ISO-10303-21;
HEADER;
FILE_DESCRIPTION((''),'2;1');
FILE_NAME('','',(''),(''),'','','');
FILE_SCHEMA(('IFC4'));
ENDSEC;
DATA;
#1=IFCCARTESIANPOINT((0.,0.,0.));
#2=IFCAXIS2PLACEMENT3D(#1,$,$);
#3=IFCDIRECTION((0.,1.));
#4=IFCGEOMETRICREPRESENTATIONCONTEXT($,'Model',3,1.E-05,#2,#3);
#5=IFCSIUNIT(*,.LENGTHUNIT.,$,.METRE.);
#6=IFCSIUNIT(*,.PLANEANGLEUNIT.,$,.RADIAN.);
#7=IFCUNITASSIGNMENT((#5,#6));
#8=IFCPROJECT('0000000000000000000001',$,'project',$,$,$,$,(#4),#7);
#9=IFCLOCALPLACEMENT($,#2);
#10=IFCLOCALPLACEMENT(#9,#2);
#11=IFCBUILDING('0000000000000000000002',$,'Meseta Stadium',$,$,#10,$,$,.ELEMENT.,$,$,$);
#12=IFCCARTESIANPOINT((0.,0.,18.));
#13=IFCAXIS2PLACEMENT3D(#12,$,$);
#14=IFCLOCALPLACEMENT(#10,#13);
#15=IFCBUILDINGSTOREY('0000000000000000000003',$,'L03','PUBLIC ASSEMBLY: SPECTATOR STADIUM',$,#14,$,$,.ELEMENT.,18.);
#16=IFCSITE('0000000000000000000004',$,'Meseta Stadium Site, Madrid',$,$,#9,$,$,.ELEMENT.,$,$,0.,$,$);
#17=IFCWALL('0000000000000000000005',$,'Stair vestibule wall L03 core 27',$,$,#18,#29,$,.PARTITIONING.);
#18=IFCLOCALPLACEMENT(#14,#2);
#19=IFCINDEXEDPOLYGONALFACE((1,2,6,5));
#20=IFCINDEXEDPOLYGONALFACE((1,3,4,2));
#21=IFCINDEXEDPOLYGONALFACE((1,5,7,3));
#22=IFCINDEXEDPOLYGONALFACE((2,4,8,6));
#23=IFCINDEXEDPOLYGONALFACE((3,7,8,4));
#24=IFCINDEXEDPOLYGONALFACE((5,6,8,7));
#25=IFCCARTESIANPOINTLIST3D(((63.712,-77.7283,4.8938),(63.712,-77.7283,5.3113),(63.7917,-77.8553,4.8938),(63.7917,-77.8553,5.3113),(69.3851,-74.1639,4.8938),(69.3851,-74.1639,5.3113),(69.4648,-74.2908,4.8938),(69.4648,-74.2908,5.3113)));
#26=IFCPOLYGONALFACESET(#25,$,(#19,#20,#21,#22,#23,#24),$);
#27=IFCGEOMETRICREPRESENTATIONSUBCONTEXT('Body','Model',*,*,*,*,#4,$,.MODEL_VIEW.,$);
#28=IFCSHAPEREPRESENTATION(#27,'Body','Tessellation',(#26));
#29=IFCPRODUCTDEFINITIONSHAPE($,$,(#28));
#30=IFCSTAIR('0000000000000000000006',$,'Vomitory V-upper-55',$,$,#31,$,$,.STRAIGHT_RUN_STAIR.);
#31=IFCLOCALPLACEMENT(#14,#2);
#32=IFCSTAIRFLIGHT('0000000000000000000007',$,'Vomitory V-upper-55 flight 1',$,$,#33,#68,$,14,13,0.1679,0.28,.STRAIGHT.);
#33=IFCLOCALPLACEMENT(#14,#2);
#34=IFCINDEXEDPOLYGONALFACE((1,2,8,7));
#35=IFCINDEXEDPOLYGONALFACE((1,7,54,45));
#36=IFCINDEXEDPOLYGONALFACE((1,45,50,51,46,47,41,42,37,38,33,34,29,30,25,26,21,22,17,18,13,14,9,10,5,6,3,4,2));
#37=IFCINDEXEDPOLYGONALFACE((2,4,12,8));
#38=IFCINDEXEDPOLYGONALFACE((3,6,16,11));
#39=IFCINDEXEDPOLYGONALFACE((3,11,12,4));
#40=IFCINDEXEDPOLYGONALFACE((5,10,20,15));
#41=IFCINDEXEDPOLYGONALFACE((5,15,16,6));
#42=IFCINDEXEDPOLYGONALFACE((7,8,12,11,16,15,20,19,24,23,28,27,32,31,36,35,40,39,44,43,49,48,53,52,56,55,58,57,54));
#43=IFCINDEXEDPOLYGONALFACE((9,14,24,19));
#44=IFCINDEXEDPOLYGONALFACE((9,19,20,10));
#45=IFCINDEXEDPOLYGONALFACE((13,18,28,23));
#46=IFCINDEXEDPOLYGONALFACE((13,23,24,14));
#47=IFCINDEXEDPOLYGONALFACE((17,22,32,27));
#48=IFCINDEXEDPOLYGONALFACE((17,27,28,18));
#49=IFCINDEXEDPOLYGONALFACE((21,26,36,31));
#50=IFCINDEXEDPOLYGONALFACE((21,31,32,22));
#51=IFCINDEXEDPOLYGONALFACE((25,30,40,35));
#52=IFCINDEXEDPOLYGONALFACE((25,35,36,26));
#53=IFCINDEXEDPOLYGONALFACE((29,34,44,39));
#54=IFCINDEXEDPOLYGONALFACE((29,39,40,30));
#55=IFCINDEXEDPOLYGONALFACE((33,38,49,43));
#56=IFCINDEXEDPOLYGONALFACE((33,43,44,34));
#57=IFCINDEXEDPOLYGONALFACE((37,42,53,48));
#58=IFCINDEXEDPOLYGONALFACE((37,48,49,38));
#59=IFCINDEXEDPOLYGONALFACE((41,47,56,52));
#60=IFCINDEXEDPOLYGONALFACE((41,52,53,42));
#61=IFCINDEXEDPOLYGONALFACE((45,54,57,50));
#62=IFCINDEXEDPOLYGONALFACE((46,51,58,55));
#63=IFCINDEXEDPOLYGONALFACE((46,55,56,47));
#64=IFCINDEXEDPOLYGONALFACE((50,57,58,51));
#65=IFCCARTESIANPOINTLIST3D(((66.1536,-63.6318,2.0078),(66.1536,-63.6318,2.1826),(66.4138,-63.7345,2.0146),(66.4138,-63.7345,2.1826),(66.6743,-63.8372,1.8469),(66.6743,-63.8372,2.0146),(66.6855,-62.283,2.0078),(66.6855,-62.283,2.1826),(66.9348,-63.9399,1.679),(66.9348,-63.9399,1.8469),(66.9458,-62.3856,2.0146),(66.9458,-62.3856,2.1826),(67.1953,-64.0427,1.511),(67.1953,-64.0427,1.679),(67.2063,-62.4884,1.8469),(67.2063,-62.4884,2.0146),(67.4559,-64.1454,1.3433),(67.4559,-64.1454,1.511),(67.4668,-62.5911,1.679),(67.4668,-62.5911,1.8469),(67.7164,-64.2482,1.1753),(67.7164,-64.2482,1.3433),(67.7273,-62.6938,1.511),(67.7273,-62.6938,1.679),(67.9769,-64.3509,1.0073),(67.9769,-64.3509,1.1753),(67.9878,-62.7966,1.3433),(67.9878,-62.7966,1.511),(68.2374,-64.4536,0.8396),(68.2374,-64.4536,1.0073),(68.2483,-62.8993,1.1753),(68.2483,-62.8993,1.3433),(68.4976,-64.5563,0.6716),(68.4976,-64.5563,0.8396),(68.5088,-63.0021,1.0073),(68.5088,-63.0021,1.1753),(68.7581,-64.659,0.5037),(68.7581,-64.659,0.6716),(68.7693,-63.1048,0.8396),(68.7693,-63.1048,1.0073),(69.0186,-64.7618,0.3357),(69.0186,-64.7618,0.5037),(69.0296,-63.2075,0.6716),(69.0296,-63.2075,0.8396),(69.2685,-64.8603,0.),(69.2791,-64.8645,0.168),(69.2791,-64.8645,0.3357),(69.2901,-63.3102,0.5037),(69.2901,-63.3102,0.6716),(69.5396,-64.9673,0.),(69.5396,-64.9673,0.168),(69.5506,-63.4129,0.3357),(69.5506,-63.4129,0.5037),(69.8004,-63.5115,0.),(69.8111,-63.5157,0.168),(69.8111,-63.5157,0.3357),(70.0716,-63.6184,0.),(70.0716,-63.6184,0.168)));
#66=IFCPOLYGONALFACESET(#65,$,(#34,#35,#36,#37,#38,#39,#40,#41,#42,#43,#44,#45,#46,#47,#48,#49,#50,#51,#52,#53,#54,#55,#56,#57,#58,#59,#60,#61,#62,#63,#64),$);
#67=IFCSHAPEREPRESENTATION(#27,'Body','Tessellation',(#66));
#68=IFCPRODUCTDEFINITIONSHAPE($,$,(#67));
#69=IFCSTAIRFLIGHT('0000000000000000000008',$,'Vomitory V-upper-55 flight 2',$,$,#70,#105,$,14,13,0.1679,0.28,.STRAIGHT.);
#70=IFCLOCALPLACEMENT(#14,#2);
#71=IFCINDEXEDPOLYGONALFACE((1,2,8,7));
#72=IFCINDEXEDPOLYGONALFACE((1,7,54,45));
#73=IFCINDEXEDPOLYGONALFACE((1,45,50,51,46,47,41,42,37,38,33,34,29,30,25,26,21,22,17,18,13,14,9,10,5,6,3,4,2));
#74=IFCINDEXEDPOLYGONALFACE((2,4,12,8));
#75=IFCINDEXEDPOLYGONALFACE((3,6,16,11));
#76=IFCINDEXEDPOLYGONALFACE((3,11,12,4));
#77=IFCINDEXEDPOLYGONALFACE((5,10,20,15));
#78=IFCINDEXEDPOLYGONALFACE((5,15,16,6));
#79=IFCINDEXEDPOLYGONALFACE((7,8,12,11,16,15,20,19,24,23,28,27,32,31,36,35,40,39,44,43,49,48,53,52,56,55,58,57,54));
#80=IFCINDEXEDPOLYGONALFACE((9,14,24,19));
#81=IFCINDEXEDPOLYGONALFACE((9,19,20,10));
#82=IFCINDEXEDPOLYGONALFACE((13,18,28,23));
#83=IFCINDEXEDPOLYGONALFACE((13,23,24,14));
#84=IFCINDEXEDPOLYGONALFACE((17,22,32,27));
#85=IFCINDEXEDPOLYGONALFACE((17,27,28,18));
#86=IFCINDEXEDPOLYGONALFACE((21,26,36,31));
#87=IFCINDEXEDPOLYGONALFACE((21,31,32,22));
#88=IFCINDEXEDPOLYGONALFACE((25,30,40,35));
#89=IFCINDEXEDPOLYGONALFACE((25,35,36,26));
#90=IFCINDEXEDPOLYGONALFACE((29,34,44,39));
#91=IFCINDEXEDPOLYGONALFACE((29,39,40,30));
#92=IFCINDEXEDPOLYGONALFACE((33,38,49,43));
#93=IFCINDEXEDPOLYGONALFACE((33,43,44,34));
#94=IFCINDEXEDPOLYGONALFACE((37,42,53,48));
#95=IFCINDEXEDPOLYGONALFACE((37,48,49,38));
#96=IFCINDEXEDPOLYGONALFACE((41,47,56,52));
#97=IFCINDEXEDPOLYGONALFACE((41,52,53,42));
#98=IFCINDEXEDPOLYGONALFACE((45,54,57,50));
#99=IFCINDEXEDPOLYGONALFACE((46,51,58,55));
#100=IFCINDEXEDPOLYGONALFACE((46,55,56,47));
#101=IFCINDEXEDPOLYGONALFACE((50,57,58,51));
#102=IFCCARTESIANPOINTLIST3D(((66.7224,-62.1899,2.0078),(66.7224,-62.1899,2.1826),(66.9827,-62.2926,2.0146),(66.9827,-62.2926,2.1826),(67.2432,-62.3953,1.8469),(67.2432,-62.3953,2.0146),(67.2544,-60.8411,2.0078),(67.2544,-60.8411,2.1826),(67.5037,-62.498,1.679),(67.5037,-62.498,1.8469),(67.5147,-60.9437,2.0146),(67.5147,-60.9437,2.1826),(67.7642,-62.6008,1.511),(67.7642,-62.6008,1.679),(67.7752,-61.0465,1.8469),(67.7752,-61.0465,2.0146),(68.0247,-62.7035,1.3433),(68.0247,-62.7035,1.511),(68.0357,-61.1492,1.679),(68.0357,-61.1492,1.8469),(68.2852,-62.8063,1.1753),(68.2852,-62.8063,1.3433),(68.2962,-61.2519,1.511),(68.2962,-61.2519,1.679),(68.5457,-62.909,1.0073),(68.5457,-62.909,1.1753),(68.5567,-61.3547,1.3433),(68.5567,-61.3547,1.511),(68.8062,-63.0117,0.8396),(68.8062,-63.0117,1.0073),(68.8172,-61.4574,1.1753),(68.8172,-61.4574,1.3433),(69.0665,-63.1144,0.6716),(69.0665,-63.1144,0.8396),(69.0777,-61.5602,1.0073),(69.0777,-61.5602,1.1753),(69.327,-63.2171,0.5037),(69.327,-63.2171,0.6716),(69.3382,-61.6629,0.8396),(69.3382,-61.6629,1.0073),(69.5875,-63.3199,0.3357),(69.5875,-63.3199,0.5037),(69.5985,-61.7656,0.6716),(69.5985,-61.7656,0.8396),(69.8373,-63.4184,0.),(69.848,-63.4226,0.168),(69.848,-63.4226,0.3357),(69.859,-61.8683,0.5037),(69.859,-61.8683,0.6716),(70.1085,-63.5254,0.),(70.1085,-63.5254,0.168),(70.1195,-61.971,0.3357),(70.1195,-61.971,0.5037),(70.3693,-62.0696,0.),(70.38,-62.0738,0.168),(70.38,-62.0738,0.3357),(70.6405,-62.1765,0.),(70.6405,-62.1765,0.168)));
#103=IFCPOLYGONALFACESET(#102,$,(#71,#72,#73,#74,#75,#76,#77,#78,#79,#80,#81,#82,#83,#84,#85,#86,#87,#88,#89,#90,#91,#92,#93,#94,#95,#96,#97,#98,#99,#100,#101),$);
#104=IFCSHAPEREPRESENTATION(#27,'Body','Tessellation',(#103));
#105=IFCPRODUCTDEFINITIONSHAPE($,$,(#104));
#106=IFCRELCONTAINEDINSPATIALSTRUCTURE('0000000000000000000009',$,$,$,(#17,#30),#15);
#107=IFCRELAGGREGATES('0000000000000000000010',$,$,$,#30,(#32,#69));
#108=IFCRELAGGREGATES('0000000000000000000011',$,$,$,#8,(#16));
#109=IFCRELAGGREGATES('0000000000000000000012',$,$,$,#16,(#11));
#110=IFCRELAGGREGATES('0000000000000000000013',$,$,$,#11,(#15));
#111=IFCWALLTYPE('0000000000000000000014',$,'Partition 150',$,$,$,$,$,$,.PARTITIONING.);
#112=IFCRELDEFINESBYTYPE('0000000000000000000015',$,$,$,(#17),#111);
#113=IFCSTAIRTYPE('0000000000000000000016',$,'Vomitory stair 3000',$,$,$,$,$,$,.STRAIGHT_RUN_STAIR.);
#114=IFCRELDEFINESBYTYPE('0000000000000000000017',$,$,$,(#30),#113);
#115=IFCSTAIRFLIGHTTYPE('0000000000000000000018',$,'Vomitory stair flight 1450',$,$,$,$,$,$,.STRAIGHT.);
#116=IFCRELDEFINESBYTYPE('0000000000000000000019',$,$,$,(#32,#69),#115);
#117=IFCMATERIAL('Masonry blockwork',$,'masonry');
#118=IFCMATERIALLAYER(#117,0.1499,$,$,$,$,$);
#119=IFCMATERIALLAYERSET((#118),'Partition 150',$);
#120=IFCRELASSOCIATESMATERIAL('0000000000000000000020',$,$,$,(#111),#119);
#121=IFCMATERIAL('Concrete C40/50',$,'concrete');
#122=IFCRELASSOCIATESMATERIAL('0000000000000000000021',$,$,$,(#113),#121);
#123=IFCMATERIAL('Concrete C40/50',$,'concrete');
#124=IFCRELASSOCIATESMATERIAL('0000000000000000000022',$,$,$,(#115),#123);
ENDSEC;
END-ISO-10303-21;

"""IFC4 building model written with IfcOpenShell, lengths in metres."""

from ifc_helpers import new_model, si_unit, direction, frame, frame_2d, origin, place, context, subcontext, project, spatial, polyline, rectangle, outline, extrude, material, layer, layer_set, type_object, element, aggregate, save


model = new_model("IFC4")

# Units and contexts
model_context = context("Model", 3, precision=1e-05, world=origin(), true_north=direction((0.0, 1.0)))
body_context = subcontext(model_context, "Body", "Model", "MODEL_VIEW")
ifc_project = project(units=[si_unit("LENGTHUNIT", "METRE"), si_unit("PLANEANGLEUNIT", "RADIAN")], contexts=[model_context])

# Site, building, storey
site_placement = place(None, origin())
site = spatial("IfcSite", under=ifc_project, at=site_placement, Name="Meseta Stadium Site, Madrid", CompositionType="ELEMENT", RefElevation=0.0)
building_placement = place(site_placement, origin())
building = spatial("IfcBuilding", under=site, at=building_placement, Name="Meseta Stadium", CompositionType="ELEMENT")
storey_placement = place(building_placement, frame((0.0, 0.0, 18.0)))
storey = spatial("IfcBuildingStorey", under=building, at=storey_placement, Name="L03", Description="PUBLIC ASSEMBLY: SPECTATOR STADIUM", CompositionType="ELEMENT", Elevation=18.0)

# Shared definitions
ifc_material_1 = material(Name="Masonry blockwork", Category="masonry")
ifc_layer = layer(ifc_material_1, 0.1499)
ifc_layer_set = layer_set([ifc_layer], Name="Partition 150")
wall_type = type_object("IfcWallType", Name="Partition 150", PredefinedType="PARTITIONING", material=ifc_layer_set)

# Wall
wall_1_placement = place(storey_placement, frame((69.425, -74.2273, 4.8938), z_axis=(0.0, 0.0, 1.0), x_axis=(-0.846737, -0.532012, 0.0)))
element("IfcWall", 1, at=wall_1_placement, inside=storey, type_object=wall_type, Name="Stair vestibule wall L03 core 27", PredefinedType="PARTITIONING", context=body_context, shape_type="SweptSolid", body=[
    extrude(rectangle(XDim=6.7, YDim=0.1499, at=frame_2d((3.3501, 0.0))), origin(), (0.0, 0.0, 1.0), 0.4175),
])

# Stair, stair flights
ifc_material_2 = material(Name="Concrete C40/50", Category="concrete")
stair_type = type_object("IfcStairType", Name="Vomitory stair 3000", PredefinedType="STRAIGHT_RUN_STAIR", material=ifc_material_2)
stair_placement = place(storey_placement, origin())
stair = element("IfcStair", 2, at=stair_placement, inside=storey, type_object=stair_type, Name="Vomitory V-upper-55", PredefinedType="STRAIGHT_RUN_STAIR")
ifc_material_3 = material(Name="Concrete C40/50", Category="concrete")
stair_flight_type = type_object("IfcStairFlightType", Name="Vomitory stair flight 1450", PredefinedType="STRAIGHT", material=ifc_material_3)
stair_flight_1_placement = place(storey_placement, frame((69.8057, -64.2927, 0.0), z_axis=(0.0, 0.0, 1.0), x_axis=(-0.930263, 0.366893, 0.0)))
stair_flight_1 = element("IfcStairFlight", 3, at=stair_flight_1_placement, type_object=stair_flight_type, Name="Vomitory V-upper-55 flight 1", NumberOfRisers=14, NumberOfTreads=13, PredefinedType="STRAIGHT", RiserHeight=0.1679, TreadLength=0.28, context=body_context, shape_type="SweptSolid", body=[
    extrude(outline(polyline([(0.0, 0.0), (0.0, 0.168), (0.28, 0.168), (0.28, 0.3357), (0.5601, 0.3357), (0.5601, 0.5037), (0.8401, 0.5037), (0.8401, 0.6716), (1.1201, 0.6716), (1.1201, 0.8396), (1.3999, 0.8396), (1.3999, 1.0073), (1.6799, 1.0073), (1.6799, 1.1753), (1.96, 1.1753), (1.96, 1.3433), (2.24, 1.3433), (2.24, 1.511), (2.52, 1.511), (2.52, 1.679), (2.8, 1.679), (2.8, 1.8469), (3.0801, 1.8469), (3.0801, 2.0146), (3.3601, 2.0146), (3.3601, 2.1826), (3.6399, 2.1826), (3.6399, 2.0078), (0.2915, 0.0), (0.0, 0.0)])), frame((0.0, 0.7251, 0.0), z_axis=(0.0, -1.0, 0.0), x_axis=(1.0, 0.0, 0.0)), (0.0, 0.0, 1.0), 1.45),
])
stair_flight_2_placement = place(storey_placement, frame((70.3745, -62.8508, 0.0), z_axis=(0.0, 0.0, 1.0), x_axis=(-0.930263, 0.366893, 0.0)))
stair_flight_2 = element("IfcStairFlight", 4, at=stair_flight_2_placement, type_object=stair_flight_type, Name="Vomitory V-upper-55 flight 2", NumberOfRisers=14, NumberOfTreads=13, PredefinedType="STRAIGHT", RiserHeight=0.1679, TreadLength=0.28, context=body_context, shape_type="SweptSolid", body=[
    extrude(outline(polyline([(0.0, 0.0), (0.0, 0.168), (0.28, 0.168), (0.28, 0.3357), (0.5601, 0.3357), (0.5601, 0.5037), (0.8401, 0.5037), (0.8401, 0.6716), (1.1201, 0.6716), (1.1201, 0.8396), (1.3999, 0.8396), (1.3999, 1.0073), (1.6799, 1.0073), (1.6799, 1.1753), (1.96, 1.1753), (1.96, 1.3433), (2.24, 1.3433), (2.24, 1.511), (2.52, 1.511), (2.52, 1.679), (2.8, 1.679), (2.8, 1.8469), (3.0801, 1.8469), (3.0801, 2.0146), (3.3601, 2.0146), (3.3601, 2.1826), (3.6399, 2.1826), (3.6399, 2.0078), (0.2915, 0.0), (0.0, 0.0)])), frame((0.0, 0.7251, 0.0), z_axis=(0.0, -1.0, 0.0), x_axis=(1.0, 0.0, 0.0)), (0.0, 0.0, 1.0), 1.45),
])
aggregate(stair, [stair_flight_1, stair_flight_2])

save(model, "model.ifc")
